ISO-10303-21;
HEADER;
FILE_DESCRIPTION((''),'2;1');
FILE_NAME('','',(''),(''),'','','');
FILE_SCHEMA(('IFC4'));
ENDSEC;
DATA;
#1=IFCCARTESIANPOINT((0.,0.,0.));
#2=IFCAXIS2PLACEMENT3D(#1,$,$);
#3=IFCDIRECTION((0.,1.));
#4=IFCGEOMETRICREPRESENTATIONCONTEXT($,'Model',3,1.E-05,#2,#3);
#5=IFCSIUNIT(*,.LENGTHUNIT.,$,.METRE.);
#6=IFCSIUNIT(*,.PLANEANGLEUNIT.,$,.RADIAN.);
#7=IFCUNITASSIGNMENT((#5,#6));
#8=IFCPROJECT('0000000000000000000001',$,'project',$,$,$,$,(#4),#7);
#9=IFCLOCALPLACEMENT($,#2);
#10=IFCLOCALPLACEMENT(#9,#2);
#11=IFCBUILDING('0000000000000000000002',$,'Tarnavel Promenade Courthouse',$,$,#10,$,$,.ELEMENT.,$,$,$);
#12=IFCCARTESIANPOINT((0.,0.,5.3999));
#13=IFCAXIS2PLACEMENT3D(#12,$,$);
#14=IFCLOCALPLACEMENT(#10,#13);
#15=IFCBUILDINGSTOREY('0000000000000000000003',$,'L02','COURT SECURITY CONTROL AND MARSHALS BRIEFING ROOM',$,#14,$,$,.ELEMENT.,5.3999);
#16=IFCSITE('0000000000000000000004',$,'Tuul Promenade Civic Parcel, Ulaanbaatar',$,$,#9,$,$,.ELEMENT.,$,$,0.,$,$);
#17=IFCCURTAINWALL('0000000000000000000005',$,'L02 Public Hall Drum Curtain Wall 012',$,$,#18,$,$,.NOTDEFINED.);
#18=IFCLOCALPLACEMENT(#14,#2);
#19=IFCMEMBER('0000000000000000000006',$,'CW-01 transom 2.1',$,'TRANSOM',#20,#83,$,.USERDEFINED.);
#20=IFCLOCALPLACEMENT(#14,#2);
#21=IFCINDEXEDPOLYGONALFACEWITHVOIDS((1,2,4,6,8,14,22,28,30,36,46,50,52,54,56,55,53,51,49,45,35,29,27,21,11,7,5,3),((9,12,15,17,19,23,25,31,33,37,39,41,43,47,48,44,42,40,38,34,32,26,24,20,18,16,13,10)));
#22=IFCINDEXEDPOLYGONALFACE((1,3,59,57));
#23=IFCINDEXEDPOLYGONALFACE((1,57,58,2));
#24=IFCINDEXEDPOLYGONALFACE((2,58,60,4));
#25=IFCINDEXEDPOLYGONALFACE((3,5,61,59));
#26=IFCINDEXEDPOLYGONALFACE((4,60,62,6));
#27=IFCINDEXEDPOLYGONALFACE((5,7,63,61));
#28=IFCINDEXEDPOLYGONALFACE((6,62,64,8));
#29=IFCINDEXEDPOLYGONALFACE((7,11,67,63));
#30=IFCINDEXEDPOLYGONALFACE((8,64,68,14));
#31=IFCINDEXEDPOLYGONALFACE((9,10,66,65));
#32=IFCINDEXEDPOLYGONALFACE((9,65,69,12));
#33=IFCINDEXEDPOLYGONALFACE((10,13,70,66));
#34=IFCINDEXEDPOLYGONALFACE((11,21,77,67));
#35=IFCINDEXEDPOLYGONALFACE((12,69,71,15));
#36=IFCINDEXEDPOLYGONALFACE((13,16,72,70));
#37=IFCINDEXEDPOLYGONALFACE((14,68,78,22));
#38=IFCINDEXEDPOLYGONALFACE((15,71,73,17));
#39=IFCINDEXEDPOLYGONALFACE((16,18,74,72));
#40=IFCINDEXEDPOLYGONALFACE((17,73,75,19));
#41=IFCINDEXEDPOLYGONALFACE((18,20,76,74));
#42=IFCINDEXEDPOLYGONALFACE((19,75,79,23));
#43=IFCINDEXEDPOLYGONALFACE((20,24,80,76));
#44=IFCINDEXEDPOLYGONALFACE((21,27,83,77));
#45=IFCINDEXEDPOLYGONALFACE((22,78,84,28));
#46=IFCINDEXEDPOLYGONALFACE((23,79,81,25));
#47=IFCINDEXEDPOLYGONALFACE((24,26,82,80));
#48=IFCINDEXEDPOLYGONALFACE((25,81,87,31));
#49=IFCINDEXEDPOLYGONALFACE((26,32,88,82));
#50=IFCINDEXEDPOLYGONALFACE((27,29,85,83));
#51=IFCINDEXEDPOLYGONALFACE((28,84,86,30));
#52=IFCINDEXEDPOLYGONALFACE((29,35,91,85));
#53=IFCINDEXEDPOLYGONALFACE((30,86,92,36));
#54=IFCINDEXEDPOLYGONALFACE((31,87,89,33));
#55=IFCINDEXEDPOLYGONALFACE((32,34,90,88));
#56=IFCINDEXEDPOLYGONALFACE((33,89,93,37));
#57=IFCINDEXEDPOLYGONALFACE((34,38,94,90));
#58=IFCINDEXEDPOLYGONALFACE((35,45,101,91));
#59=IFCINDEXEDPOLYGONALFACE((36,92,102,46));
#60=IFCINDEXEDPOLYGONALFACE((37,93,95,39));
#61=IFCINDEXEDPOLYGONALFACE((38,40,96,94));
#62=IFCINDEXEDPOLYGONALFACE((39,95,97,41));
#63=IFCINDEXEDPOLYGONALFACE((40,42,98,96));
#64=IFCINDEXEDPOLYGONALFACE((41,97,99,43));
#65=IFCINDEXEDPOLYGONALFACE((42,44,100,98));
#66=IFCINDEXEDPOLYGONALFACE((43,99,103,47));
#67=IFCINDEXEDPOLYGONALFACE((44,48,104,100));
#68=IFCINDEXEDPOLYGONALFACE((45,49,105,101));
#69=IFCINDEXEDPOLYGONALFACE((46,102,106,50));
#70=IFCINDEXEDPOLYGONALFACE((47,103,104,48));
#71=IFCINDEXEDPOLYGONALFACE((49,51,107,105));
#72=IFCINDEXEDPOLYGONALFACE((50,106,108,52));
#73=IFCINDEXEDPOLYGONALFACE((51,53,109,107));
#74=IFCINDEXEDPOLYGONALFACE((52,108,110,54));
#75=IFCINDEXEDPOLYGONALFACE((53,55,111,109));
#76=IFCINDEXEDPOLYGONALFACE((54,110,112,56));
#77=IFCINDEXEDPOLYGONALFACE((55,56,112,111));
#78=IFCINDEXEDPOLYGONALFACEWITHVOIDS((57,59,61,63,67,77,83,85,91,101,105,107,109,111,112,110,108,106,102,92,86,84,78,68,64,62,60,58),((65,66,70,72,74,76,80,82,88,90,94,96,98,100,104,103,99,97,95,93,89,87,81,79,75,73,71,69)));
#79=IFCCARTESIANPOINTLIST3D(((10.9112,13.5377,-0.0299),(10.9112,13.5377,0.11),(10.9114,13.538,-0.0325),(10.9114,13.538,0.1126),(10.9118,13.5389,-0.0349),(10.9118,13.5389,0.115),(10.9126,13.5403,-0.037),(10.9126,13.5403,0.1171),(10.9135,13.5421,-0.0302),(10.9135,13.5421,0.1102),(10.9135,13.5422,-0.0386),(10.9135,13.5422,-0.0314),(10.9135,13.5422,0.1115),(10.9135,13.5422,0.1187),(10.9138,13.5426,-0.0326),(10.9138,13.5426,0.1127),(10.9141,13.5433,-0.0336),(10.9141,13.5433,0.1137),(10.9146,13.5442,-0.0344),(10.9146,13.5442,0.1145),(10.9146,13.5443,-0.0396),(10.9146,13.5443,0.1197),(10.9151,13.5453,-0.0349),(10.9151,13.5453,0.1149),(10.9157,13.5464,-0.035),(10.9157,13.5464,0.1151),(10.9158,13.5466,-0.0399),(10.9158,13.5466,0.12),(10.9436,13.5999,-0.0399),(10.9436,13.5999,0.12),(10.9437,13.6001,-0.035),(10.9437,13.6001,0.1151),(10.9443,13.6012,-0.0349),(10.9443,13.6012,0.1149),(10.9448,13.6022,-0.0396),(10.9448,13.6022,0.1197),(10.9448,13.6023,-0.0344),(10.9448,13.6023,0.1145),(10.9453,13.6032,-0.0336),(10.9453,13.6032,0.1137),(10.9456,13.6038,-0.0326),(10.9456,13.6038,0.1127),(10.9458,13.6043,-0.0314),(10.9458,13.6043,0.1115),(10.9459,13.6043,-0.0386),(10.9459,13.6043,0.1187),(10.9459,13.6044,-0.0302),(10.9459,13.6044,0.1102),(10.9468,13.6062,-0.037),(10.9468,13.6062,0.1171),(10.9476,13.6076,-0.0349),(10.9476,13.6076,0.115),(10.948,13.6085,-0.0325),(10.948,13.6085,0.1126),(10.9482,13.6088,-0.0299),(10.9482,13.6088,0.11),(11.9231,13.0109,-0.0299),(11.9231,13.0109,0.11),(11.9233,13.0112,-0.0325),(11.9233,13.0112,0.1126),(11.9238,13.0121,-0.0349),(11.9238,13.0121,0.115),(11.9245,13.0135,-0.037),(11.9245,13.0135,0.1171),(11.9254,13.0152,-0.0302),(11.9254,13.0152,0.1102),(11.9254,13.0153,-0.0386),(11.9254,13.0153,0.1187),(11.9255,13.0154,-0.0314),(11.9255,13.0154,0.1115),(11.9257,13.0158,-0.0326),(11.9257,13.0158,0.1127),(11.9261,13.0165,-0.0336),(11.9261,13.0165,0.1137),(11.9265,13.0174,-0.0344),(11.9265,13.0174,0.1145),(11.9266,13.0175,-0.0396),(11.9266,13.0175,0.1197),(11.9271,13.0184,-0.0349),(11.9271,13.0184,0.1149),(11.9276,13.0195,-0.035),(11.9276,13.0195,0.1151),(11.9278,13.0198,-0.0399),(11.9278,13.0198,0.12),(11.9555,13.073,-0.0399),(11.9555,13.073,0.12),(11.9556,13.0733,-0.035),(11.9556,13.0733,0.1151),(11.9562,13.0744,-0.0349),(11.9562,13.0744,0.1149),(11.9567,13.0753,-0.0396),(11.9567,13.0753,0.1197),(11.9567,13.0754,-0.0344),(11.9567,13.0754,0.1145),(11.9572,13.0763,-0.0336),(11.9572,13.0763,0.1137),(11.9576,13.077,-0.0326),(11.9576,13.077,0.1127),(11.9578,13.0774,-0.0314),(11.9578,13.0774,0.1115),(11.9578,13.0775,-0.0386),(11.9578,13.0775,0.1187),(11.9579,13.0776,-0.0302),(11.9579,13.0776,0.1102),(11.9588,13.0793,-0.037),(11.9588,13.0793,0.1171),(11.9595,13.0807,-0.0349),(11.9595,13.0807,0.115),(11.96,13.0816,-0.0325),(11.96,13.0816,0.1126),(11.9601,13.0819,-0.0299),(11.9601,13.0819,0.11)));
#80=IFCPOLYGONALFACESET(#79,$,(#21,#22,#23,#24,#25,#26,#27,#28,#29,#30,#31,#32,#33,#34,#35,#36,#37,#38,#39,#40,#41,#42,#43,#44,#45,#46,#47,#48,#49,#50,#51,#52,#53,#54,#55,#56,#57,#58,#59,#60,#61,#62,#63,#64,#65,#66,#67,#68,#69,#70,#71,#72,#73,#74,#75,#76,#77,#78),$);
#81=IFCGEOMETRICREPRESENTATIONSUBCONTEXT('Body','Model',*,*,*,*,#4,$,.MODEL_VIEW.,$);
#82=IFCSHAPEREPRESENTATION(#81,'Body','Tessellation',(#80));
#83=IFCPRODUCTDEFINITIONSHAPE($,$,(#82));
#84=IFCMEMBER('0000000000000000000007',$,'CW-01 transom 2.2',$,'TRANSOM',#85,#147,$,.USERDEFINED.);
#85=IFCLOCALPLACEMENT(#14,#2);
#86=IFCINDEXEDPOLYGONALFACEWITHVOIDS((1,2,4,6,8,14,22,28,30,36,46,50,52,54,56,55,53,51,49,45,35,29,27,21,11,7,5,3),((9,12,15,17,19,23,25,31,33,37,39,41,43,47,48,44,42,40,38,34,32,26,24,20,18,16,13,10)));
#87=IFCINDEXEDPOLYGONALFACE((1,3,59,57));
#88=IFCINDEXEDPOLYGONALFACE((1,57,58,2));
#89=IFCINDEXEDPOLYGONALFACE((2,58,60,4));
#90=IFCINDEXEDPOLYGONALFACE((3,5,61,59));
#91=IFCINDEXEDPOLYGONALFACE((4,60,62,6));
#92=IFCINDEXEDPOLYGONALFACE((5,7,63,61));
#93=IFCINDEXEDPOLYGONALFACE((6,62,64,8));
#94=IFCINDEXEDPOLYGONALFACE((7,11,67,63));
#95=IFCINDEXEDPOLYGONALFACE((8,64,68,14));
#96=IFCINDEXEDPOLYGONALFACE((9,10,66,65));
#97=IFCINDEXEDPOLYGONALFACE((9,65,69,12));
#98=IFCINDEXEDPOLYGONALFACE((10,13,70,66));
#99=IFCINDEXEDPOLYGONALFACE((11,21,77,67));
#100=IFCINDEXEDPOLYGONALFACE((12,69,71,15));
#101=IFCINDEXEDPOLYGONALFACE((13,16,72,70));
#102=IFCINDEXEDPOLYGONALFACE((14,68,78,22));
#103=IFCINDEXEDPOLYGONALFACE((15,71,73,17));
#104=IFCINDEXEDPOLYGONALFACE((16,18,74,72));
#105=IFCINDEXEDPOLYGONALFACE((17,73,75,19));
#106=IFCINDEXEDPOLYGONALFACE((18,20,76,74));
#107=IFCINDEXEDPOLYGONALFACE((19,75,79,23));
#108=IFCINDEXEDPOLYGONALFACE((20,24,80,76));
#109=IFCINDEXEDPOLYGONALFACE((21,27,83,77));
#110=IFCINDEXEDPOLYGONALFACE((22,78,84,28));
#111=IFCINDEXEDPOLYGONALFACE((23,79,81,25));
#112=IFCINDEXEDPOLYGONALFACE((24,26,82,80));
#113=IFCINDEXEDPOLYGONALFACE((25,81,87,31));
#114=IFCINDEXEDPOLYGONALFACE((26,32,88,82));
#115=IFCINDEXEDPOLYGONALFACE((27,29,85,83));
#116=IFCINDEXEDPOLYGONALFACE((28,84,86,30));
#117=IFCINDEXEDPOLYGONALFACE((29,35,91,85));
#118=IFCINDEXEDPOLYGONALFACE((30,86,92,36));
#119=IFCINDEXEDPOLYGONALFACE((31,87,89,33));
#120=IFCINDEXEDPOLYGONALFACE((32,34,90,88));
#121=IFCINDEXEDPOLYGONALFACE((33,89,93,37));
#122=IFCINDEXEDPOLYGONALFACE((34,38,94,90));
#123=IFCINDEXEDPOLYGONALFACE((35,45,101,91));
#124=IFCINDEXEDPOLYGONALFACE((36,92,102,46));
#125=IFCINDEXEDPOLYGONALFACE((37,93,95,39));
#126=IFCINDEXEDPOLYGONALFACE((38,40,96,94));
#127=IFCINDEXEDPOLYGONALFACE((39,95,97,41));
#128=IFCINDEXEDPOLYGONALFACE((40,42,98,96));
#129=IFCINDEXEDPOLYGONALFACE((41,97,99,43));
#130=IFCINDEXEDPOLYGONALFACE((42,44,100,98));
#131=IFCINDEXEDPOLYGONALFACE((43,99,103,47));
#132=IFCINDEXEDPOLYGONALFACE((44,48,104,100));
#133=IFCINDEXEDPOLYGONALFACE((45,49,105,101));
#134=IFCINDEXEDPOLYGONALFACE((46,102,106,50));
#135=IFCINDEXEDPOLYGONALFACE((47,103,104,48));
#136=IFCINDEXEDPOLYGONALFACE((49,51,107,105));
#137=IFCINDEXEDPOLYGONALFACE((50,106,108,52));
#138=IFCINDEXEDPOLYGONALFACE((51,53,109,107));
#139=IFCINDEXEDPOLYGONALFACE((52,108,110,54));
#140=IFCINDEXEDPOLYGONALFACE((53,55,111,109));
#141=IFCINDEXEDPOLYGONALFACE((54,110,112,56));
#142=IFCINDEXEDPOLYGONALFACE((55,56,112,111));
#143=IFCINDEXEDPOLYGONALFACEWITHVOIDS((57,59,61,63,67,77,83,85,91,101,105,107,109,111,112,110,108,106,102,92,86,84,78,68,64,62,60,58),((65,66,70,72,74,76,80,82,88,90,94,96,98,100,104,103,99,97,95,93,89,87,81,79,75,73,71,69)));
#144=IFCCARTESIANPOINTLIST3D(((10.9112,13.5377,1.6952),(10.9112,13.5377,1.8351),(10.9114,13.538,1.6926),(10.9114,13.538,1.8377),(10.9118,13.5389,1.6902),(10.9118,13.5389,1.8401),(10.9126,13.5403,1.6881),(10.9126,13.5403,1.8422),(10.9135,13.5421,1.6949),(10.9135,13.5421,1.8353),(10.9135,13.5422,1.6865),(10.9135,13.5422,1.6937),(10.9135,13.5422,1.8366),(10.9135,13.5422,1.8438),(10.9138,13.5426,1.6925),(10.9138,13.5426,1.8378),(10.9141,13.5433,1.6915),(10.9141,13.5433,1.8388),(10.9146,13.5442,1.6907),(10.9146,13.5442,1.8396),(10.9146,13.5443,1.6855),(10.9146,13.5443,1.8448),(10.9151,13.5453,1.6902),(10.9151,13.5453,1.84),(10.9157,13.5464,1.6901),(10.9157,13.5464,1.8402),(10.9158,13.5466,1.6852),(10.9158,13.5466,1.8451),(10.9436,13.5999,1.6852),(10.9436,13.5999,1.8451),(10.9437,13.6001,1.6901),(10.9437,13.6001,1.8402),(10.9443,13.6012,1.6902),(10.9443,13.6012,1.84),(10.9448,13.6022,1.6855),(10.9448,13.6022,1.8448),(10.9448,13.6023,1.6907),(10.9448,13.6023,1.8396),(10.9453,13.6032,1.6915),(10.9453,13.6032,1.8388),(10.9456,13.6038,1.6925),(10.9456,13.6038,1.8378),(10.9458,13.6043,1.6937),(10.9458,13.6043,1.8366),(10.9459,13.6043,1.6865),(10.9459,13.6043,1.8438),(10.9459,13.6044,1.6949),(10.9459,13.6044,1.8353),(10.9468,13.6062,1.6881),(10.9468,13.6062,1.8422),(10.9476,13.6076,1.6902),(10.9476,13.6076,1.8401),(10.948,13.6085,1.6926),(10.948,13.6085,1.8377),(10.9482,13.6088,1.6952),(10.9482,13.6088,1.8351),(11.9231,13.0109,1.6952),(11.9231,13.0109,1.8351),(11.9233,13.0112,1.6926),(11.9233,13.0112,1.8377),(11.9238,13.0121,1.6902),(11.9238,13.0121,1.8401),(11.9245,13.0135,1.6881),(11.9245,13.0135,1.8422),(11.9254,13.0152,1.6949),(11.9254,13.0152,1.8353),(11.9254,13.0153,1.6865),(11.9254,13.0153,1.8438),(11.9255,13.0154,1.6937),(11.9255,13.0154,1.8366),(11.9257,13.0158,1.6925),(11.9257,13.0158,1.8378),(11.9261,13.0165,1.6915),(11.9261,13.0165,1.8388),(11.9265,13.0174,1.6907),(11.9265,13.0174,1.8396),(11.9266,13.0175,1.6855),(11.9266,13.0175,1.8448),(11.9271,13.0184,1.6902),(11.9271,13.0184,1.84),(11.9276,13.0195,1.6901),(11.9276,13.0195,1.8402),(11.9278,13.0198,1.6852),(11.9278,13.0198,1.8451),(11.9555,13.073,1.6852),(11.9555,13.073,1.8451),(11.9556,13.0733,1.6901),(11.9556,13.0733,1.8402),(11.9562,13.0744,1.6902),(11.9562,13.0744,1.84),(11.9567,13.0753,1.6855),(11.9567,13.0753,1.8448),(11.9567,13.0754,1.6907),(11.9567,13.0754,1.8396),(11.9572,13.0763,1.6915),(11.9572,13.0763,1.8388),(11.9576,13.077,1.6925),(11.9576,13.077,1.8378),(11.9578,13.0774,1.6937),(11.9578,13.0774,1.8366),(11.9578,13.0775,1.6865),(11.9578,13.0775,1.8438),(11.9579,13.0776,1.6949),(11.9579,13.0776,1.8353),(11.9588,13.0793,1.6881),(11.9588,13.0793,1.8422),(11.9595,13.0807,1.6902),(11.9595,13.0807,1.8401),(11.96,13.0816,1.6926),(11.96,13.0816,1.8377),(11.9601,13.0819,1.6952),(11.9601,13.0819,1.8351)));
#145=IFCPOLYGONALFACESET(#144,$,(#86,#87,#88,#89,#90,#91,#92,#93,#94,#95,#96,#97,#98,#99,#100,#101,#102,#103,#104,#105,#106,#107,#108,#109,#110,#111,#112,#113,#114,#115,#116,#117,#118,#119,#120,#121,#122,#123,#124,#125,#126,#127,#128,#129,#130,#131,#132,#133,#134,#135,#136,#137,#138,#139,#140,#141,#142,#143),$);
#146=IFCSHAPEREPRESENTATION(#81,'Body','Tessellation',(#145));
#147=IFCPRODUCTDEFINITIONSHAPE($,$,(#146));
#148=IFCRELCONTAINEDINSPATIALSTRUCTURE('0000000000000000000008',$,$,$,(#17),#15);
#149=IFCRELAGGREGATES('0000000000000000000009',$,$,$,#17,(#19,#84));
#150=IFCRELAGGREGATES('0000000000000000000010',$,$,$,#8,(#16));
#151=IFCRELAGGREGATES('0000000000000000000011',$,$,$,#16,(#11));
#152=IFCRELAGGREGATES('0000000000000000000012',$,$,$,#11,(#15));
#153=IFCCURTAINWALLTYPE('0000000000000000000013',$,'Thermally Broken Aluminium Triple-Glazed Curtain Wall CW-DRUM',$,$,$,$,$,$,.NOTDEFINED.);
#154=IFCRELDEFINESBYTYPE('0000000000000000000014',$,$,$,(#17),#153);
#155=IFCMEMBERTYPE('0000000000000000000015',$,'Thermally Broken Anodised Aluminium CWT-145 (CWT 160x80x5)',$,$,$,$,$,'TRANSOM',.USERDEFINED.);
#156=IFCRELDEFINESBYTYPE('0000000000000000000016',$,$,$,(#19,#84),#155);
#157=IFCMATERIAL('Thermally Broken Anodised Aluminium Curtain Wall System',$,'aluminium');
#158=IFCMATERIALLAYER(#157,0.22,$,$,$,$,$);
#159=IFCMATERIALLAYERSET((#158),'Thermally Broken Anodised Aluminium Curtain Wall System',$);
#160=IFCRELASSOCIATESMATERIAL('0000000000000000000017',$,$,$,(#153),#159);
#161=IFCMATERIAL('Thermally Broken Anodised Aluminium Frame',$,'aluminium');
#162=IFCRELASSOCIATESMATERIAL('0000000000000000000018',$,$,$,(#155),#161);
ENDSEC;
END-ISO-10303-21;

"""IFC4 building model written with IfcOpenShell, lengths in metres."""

from ifc_helpers import new_model, si_unit, direction, frame, origin, origin_2d, place, context, subcontext, project, spatial, hollow_rectangle, extrude, material, layer, layer_set, material_profile, profile_set, type_object, element, aggregate, save


model = new_model("IFC4")

# Units and contexts
model_context = context("Model", 3, precision=1e-05, world=origin(), true_north=direction((0.0, 1.0)))
body_context = subcontext(model_context, "Body", "Model", "MODEL_VIEW")
ifc_project = project(units=[si_unit("LENGTHUNIT", "METRE"), si_unit("PLANEANGLEUNIT", "RADIAN")], contexts=[model_context])

# Site, building, storey
site_placement = place(None, origin())
site = spatial("IfcSite", under=ifc_project, at=site_placement, Name="Tuul Promenade Civic Parcel, Ulaanbaatar", CompositionType="ELEMENT", RefElevation=0.0)
building_placement = place(site_placement, origin())
building = spatial("IfcBuilding", under=site, at=building_placement, Name="Tarnavel Promenade Courthouse", CompositionType="ELEMENT")
storey_placement = place(building_placement, frame((0.0, 0.0, 5.3999)))
storey = spatial("IfcBuildingStorey", under=building, at=storey_placement, Name="L02", Description="COURT SECURITY CONTROL AND MARSHALS BRIEFING ROOM", CompositionType="ELEMENT", Elevation=5.3999)

# Curtain wall
ifc_material_1 = material(Name="Thermally Broken Anodised Aluminium Curtain Wall System", Category="aluminium")
ifc_layer_1 = layer(ifc_material_1, 0.22)
ifc_layer_set_1 = layer_set([ifc_layer_1], Name="Thermally Broken Anodised Aluminium Curtain Wall System")
curtain_wall_type = type_object("IfcCurtainWallType", Name="Thermally Broken Aluminium Triple-Glazed Curtain Wall CW-DRUM", PredefinedType="NOTDEFINED", material=ifc_layer_set_1)
curtain_wall_1_placement = place(storey_placement, origin())
curtain_wall_1 = element("IfcCurtainWall", 1, at=curtain_wall_1_placement, inside=storey, type_object=curtain_wall_type, Name="L02 Public Hall Drum Curtain Wall 012", PredefinedType="NOTDEFINED")
ifc_material_2 = material(Name="Thermally Broken Anodised Aluminium Frame", Category="aluminium")

# Members
ifc_material_profile_1 = material_profile(ifc_material_2, hollow_rectangle(XDim=0.0801, YDim=0.1599, WallThickness=0.0049, InnerFilletRadius=0.0049, OuterFilletRadius=0.01, at=origin_2d()), Name="CWT 160x80x5")
ifc_profile_set_1 = profile_set([ifc_material_profile_1], Name="Thermally Broken Anodised Aluminium Frame")
member_type_1 = type_object("IfcMemberType", Name="Thermally Broken Anodised Aluminium CWT-145 (CWT 160x80x5)", ElementType="TRANSOM", PredefinedType="USERDEFINED", material=ifc_profile_set_1)
member_1_placement = place(storey_placement, frame((10.9297, 13.5732, 0.04), z_axis=(0.886989, -0.461791, 0.0), x_axis=(0.461791, 0.886989, 0.0)))
member_1 = element("IfcMember", 2, at=member_1_placement, type_object=member_type_1, Name="CW-01 transom 2.1", ObjectType="TRANSOM", PredefinedType="USERDEFINED", context=body_context, shape_type="SweptSolid", body=[
    extrude(hollow_rectangle(XDim=0.0801, YDim=0.1599, WallThickness=0.0049, InnerFilletRadius=0.0049, OuterFilletRadius=0.01, at=origin_2d()), origin(), (0.0, 0.0, 1.0), 1.1409),
])
member_2_placement = place(storey_placement, frame((10.9297, 13.5732, 1.7651), z_axis=(0.886989, -0.461791, 0.0), x_axis=(0.461791, 0.886989, 0.0)))
member_2 = element("IfcMember", 3, at=member_2_placement, type_object=member_type_1, Name="CW-01 transom 2.2", ObjectType="TRANSOM", PredefinedType="USERDEFINED", context=body_context, shape_type="SweptSolid", body=[
    extrude(hollow_rectangle(XDim=0.0801, YDim=0.1599, WallThickness=0.0049, InnerFilletRadius=0.0049, OuterFilletRadius=0.01, at=origin_2d()), origin(), (0.0, 0.0, 1.0), 1.1409),
])

aggregate(curtain_wall_1, [member_1, member_2])

save(model, "model.ifc")
